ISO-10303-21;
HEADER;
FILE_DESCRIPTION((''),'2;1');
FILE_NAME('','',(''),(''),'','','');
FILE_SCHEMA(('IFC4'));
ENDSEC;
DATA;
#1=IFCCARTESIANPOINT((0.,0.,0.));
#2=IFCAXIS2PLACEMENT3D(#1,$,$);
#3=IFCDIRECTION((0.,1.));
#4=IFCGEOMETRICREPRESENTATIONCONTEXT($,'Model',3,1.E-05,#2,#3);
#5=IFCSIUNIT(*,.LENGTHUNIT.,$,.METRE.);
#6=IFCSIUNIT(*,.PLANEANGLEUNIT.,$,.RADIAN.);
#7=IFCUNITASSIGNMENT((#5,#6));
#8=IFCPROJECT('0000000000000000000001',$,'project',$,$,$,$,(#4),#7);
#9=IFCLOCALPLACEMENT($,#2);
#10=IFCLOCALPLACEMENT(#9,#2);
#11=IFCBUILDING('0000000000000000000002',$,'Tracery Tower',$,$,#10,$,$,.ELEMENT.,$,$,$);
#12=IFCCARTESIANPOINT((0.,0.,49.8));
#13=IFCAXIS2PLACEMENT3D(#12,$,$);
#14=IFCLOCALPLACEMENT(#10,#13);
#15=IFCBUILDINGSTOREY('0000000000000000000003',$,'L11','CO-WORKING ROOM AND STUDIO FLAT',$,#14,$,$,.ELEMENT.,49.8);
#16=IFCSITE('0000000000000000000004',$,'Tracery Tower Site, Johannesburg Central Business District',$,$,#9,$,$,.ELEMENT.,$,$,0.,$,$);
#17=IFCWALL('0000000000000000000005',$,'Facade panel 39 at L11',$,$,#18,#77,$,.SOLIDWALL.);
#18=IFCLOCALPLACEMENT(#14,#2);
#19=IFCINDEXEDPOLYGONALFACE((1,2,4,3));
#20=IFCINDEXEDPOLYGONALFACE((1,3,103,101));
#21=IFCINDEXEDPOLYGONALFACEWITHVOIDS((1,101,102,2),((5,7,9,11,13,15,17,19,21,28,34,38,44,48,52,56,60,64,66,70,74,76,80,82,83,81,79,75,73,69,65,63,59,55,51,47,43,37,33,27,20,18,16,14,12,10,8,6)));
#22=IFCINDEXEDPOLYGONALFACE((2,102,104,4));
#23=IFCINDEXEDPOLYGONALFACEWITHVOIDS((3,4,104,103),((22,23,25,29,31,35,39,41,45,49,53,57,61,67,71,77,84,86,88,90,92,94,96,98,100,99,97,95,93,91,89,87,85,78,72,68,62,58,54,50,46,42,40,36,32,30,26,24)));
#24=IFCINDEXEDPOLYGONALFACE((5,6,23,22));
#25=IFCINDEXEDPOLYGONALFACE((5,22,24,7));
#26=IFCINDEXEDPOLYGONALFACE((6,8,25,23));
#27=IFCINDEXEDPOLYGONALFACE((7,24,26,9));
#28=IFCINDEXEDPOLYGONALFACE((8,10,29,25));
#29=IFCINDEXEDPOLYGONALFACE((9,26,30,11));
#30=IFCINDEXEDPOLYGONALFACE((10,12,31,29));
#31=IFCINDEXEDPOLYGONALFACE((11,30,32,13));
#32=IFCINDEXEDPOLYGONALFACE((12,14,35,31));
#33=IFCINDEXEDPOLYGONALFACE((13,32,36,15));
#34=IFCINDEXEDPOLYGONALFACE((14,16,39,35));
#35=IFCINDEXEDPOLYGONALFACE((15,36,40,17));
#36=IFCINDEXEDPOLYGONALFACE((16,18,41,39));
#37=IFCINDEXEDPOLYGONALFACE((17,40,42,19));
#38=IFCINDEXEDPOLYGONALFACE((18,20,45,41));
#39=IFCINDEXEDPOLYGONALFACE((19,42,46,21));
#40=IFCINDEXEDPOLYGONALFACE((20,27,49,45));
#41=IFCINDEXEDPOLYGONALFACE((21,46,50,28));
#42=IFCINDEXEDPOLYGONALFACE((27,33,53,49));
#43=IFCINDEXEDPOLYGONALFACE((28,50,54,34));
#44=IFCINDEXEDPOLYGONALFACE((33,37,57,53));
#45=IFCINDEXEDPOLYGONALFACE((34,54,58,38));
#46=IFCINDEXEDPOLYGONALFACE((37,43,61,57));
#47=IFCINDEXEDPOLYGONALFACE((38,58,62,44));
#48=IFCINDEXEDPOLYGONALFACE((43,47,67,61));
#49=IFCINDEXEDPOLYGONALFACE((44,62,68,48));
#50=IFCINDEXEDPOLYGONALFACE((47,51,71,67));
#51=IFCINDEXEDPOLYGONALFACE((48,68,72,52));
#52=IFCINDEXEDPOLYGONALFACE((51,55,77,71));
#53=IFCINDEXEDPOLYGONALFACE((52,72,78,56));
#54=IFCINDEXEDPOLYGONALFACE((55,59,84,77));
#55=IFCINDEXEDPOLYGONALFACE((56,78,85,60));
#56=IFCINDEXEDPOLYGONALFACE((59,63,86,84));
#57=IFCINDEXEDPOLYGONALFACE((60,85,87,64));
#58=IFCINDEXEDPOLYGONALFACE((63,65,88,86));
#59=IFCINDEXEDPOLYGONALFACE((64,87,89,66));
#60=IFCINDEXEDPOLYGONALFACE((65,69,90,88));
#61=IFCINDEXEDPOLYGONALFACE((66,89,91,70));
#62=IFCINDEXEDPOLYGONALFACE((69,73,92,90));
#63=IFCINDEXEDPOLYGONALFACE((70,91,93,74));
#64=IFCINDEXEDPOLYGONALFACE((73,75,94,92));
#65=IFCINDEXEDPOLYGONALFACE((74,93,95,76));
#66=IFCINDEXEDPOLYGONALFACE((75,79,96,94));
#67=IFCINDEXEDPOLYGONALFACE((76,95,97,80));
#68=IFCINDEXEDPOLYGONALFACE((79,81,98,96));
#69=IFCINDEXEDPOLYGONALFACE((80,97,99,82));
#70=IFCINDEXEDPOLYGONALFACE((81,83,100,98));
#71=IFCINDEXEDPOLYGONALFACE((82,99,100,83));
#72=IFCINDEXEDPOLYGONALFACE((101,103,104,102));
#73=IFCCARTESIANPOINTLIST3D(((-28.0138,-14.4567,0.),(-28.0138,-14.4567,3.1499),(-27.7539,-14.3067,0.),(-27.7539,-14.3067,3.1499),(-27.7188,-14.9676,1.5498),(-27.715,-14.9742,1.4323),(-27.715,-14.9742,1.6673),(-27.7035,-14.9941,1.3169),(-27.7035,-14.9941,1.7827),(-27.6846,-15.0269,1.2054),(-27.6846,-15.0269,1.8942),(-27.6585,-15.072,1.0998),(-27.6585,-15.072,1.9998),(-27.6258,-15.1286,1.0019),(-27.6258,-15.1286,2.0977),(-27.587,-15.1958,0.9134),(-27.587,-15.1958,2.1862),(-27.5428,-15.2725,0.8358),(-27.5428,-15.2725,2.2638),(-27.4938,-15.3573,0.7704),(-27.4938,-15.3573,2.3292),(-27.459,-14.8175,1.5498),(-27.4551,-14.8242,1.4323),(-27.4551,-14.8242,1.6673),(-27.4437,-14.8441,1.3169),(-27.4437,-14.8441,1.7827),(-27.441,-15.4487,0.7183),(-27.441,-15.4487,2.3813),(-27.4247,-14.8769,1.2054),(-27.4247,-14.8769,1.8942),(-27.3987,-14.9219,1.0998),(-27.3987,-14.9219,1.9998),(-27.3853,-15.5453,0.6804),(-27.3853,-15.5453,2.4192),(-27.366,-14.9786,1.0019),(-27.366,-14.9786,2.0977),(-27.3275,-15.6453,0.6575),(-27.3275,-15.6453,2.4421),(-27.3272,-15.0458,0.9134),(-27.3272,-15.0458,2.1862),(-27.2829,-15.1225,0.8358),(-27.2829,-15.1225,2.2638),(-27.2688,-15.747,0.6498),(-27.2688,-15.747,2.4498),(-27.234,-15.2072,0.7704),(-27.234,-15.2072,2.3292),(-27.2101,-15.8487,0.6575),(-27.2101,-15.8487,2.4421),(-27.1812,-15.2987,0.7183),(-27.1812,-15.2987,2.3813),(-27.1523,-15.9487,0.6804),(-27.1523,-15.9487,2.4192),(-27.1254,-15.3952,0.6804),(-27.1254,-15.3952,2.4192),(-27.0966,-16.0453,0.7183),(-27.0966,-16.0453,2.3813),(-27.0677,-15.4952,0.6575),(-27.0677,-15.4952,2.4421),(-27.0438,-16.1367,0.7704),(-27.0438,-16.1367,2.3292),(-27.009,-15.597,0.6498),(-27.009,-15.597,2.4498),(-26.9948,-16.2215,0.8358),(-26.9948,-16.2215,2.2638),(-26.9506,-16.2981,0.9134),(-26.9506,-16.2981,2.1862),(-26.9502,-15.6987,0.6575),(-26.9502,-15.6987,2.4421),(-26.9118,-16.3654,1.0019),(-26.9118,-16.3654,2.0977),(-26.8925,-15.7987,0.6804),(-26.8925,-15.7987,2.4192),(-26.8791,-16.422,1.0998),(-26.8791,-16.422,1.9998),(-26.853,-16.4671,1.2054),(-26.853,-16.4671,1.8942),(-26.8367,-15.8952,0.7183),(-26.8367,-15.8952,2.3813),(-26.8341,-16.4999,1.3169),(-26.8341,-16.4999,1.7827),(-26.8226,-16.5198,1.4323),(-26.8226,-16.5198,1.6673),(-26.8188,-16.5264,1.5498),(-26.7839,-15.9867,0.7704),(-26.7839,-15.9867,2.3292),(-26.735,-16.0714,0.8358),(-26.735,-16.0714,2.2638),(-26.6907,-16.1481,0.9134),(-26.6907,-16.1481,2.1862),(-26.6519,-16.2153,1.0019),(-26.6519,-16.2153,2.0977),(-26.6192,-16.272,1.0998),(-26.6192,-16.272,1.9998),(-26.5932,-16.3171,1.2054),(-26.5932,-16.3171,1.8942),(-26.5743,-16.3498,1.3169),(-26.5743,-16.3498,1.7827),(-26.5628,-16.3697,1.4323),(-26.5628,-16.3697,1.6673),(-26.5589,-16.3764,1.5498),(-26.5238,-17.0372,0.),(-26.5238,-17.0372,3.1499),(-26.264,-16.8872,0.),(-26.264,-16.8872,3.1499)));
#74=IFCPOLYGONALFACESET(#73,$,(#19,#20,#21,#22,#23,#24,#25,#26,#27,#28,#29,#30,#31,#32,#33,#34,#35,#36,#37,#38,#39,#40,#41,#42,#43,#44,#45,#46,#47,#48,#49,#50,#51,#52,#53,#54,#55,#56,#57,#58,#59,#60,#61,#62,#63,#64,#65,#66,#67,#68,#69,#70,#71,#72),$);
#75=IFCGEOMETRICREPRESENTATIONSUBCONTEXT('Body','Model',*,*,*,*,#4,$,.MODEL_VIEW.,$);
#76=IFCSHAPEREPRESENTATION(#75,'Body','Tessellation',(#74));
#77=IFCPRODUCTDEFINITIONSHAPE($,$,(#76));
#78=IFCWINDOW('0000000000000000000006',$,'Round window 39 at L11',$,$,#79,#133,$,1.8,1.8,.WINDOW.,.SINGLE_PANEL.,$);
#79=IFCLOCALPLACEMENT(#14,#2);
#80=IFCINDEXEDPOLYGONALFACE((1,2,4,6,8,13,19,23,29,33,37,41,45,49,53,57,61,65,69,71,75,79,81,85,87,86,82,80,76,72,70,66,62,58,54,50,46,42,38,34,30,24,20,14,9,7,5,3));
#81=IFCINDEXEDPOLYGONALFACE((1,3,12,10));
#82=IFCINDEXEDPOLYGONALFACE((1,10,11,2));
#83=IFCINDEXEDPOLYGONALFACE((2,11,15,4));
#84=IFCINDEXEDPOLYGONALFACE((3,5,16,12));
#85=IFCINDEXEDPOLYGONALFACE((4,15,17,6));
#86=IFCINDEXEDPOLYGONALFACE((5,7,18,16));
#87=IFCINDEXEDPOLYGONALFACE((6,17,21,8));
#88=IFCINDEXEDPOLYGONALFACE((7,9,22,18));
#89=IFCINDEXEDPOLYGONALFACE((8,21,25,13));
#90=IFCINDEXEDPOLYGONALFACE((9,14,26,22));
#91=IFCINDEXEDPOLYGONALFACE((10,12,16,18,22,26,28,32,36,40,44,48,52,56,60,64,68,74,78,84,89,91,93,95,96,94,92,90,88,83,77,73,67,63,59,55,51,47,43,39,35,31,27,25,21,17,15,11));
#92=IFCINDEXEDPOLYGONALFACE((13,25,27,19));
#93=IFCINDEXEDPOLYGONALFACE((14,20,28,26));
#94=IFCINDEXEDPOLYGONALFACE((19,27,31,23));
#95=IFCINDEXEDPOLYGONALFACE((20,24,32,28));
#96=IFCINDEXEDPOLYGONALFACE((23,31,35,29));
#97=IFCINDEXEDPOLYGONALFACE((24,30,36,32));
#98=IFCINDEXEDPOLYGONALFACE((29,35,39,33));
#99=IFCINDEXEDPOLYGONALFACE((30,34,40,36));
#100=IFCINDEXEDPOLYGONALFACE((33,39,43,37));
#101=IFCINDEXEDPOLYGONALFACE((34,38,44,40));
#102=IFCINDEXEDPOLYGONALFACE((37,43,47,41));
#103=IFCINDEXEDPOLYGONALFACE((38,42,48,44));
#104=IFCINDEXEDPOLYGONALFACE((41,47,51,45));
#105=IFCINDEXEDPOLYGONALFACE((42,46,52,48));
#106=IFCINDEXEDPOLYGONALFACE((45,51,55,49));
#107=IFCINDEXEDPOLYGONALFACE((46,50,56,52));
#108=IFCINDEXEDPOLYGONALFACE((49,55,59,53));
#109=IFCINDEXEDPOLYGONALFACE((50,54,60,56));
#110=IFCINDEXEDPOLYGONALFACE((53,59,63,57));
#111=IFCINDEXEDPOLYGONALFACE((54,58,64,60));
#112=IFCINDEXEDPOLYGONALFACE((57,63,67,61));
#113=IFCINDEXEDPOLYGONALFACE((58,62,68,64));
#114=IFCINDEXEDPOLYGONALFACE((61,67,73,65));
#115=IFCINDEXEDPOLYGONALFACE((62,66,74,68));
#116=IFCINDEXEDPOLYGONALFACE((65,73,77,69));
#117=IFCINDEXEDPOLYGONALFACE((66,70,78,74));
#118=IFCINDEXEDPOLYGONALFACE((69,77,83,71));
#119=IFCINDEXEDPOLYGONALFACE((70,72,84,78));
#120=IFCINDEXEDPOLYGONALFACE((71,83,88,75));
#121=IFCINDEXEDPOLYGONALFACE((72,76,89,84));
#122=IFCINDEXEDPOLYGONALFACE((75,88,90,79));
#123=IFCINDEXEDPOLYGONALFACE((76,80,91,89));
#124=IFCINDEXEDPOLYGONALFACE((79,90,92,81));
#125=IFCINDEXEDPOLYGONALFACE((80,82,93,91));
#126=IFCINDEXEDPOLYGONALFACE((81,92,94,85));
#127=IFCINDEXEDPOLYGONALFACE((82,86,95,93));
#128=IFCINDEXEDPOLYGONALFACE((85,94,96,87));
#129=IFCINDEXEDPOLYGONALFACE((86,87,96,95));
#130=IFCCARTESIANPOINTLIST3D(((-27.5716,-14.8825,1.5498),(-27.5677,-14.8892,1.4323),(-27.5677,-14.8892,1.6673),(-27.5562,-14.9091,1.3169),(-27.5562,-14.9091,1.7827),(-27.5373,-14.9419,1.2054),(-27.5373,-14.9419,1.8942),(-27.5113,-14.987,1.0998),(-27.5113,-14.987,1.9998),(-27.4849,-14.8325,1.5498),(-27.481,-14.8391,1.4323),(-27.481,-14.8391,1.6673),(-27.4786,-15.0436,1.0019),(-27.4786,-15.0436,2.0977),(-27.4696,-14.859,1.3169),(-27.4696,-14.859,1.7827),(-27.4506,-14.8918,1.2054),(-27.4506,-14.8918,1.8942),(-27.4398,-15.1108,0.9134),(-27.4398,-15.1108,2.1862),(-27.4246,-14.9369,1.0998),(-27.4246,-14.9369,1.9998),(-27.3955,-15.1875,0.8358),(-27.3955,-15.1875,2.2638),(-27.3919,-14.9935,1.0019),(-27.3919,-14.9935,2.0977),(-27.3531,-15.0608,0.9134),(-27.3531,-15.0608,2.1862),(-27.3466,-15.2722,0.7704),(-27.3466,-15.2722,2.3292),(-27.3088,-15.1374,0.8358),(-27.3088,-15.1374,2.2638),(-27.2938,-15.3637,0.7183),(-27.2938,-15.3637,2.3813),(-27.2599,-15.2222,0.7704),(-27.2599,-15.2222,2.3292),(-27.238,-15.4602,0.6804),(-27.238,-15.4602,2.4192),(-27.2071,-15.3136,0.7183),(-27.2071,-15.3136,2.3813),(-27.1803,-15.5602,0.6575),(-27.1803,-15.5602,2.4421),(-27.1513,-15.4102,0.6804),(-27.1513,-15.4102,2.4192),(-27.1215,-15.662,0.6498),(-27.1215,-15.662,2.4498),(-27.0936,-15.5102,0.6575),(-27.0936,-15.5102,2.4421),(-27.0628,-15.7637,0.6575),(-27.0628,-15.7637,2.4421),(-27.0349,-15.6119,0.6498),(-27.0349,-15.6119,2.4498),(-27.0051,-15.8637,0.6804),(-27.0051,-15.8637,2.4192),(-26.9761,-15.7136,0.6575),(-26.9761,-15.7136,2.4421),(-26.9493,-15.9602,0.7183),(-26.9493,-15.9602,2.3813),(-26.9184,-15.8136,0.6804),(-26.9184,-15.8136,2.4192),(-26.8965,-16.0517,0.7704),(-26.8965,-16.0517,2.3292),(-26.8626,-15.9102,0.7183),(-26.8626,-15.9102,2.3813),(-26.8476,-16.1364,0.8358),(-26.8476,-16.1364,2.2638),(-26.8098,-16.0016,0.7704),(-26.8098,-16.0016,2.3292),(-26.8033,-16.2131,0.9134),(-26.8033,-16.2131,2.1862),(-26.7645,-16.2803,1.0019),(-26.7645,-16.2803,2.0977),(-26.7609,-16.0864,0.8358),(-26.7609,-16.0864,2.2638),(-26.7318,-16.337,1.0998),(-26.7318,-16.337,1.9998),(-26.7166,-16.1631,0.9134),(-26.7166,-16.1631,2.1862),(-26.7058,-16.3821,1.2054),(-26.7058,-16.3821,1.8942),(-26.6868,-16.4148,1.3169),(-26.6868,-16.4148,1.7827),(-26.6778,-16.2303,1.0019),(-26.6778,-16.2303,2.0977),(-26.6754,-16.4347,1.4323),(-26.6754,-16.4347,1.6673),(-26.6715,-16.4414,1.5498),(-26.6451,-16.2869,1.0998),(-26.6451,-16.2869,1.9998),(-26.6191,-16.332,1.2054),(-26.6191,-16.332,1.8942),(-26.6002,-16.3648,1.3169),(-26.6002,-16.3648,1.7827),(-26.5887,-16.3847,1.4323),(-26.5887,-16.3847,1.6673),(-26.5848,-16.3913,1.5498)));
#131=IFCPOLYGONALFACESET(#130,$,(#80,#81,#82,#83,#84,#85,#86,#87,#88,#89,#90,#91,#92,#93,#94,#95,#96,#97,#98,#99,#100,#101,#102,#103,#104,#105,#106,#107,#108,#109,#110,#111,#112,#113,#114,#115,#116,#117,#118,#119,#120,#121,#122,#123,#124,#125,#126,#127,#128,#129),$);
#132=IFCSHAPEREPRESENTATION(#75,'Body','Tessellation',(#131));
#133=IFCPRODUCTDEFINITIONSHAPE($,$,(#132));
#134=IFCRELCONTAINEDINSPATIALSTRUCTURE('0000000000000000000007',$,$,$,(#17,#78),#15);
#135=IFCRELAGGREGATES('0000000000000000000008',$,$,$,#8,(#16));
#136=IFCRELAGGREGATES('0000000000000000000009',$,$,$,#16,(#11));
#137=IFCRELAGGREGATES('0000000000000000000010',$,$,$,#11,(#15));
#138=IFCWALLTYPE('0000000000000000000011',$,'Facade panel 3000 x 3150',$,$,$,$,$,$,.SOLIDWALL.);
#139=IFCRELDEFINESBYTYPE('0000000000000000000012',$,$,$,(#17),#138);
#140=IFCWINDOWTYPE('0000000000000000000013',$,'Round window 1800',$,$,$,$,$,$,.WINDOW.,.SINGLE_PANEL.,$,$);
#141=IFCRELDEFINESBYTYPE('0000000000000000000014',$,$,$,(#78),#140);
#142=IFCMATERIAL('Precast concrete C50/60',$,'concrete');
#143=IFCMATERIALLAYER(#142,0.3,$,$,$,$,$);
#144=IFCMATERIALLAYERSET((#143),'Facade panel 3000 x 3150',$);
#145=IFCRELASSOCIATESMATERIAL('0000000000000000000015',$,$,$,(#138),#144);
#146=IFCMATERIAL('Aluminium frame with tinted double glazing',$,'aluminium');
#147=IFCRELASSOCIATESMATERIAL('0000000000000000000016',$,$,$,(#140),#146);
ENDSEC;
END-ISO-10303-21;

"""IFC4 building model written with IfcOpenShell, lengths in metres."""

from ifc_helpers import new_model, si_unit, direction, frame, frame_2d, origin, origin_2d, place, context, subcontext, project, spatial, rectangle, circle, extrude, material, layer, layer_set, type_object, element, fill, save


model = new_model("IFC4")

# Units and contexts
model_context = context("Model", 3, precision=1e-05, world=origin(), true_north=direction((0.0, 1.0)))
body_context = subcontext(model_context, "Body", "Model", "MODEL_VIEW")
ifc_project = project(units=[si_unit("LENGTHUNIT", "METRE"), si_unit("PLANEANGLEUNIT", "RADIAN")], contexts=[model_context])

# Site, building, storey
site_placement = place(None, origin())
site = spatial("IfcSite", under=ifc_project, at=site_placement, Name="Tracery Tower Site, Johannesburg Central Business District", CompositionType="ELEMENT", RefElevation=0.0)
building_placement = place(site_placement, origin())
building = spatial("IfcBuilding", under=site, at=building_placement, Name="Tracery Tower", CompositionType="ELEMENT")
storey_placement = place(building_placement, frame((0.0, 0.0, 49.8)))
storey = spatial("IfcBuildingStorey", under=building, at=storey_placement, Name="L11", Description="CO-WORKING ROOM AND STUDIO FLAT", CompositionType="ELEMENT", Elevation=49.8)

# Wall, opening, window
ifc_material_1 = material(Name="Precast concrete C50/60", Category="concrete")
ifc_layer_1 = layer(ifc_material_1, 0.3)
ifc_layer_set_1 = layer_set([ifc_layer_1], Name="Facade panel 3000 x 3150")
wall_type_1 = type_object("IfcWallType", Name="Facade panel 3000 x 3150", PredefinedType="SOLIDWALL", material=ifc_layer_set_1)
wall_1_placement = place(storey_placement, frame((-27.8838, -14.3818, 0.0), z_axis=(0.0, 0.0, 1.0), x_axis=(0.500025, -0.866011, 0.0)))
wall_1 = element("IfcWall", 1, at=wall_1_placement, inside=storey, type_object=wall_type_1, Name="Facade panel 39 at L11", PredefinedType="SOLIDWALL", context=body_context, shape_type="SweptSolid", body=[
    extrude(rectangle(XDim=2.9797, YDim=0.3, at=frame_2d((1.4897, 0.0))), origin(), (0.0, 0.0, 1.0), 3.1499),
])
opening_1_placement = place(wall_1_placement, frame((1.4897, 0.0, 1.5498)))
opening_1 = element("IfcOpeningElement", 2, at=opening_1_placement, cuts=wall_1, PredefinedType="OPENING", context=body_context, shape_type="SweptSolid", body=[
    extrude(circle(Radius=0.9, at=origin_2d()), frame((0.0, 0.1599, 0.0), z_axis=(0.0, -1.0, 0.0), x_axis=(1.0, 0.0, 0.0)), (0.0, 0.0, 1.0), 0.3201),
])
ifc_material_2 = material(Name="Aluminium frame with tinted double glazing", Category="aluminium")
window_type = type_object("IfcWindowType", Name="Round window 1800", PartitioningType="SINGLE_PANEL", PredefinedType="WINDOW", material=ifc_material_2)
window_1_placement = place(opening_1_placement, origin())
window_1 = element("IfcWindow", 3, at=window_1_placement, inside=storey, type_object=window_type, Name="Round window 39 at L11", OverallHeight=1.8, OverallWidth=1.8, PartitioningType="SINGLE_PANEL", PredefinedType="WINDOW", context=body_context, shape_type="SweptSolid", body=[
    extrude(circle(Radius=0.9, at=origin_2d()), frame((0.0, 0.1201, 0.0), z_axis=(0.0, -1.0, 0.0), x_axis=(1.0, 0.0, 0.0)), (0.0, 0.0, 1.0), 0.1001),
])
fill(opening_1, window_1)

save(model, "model.ifc")
